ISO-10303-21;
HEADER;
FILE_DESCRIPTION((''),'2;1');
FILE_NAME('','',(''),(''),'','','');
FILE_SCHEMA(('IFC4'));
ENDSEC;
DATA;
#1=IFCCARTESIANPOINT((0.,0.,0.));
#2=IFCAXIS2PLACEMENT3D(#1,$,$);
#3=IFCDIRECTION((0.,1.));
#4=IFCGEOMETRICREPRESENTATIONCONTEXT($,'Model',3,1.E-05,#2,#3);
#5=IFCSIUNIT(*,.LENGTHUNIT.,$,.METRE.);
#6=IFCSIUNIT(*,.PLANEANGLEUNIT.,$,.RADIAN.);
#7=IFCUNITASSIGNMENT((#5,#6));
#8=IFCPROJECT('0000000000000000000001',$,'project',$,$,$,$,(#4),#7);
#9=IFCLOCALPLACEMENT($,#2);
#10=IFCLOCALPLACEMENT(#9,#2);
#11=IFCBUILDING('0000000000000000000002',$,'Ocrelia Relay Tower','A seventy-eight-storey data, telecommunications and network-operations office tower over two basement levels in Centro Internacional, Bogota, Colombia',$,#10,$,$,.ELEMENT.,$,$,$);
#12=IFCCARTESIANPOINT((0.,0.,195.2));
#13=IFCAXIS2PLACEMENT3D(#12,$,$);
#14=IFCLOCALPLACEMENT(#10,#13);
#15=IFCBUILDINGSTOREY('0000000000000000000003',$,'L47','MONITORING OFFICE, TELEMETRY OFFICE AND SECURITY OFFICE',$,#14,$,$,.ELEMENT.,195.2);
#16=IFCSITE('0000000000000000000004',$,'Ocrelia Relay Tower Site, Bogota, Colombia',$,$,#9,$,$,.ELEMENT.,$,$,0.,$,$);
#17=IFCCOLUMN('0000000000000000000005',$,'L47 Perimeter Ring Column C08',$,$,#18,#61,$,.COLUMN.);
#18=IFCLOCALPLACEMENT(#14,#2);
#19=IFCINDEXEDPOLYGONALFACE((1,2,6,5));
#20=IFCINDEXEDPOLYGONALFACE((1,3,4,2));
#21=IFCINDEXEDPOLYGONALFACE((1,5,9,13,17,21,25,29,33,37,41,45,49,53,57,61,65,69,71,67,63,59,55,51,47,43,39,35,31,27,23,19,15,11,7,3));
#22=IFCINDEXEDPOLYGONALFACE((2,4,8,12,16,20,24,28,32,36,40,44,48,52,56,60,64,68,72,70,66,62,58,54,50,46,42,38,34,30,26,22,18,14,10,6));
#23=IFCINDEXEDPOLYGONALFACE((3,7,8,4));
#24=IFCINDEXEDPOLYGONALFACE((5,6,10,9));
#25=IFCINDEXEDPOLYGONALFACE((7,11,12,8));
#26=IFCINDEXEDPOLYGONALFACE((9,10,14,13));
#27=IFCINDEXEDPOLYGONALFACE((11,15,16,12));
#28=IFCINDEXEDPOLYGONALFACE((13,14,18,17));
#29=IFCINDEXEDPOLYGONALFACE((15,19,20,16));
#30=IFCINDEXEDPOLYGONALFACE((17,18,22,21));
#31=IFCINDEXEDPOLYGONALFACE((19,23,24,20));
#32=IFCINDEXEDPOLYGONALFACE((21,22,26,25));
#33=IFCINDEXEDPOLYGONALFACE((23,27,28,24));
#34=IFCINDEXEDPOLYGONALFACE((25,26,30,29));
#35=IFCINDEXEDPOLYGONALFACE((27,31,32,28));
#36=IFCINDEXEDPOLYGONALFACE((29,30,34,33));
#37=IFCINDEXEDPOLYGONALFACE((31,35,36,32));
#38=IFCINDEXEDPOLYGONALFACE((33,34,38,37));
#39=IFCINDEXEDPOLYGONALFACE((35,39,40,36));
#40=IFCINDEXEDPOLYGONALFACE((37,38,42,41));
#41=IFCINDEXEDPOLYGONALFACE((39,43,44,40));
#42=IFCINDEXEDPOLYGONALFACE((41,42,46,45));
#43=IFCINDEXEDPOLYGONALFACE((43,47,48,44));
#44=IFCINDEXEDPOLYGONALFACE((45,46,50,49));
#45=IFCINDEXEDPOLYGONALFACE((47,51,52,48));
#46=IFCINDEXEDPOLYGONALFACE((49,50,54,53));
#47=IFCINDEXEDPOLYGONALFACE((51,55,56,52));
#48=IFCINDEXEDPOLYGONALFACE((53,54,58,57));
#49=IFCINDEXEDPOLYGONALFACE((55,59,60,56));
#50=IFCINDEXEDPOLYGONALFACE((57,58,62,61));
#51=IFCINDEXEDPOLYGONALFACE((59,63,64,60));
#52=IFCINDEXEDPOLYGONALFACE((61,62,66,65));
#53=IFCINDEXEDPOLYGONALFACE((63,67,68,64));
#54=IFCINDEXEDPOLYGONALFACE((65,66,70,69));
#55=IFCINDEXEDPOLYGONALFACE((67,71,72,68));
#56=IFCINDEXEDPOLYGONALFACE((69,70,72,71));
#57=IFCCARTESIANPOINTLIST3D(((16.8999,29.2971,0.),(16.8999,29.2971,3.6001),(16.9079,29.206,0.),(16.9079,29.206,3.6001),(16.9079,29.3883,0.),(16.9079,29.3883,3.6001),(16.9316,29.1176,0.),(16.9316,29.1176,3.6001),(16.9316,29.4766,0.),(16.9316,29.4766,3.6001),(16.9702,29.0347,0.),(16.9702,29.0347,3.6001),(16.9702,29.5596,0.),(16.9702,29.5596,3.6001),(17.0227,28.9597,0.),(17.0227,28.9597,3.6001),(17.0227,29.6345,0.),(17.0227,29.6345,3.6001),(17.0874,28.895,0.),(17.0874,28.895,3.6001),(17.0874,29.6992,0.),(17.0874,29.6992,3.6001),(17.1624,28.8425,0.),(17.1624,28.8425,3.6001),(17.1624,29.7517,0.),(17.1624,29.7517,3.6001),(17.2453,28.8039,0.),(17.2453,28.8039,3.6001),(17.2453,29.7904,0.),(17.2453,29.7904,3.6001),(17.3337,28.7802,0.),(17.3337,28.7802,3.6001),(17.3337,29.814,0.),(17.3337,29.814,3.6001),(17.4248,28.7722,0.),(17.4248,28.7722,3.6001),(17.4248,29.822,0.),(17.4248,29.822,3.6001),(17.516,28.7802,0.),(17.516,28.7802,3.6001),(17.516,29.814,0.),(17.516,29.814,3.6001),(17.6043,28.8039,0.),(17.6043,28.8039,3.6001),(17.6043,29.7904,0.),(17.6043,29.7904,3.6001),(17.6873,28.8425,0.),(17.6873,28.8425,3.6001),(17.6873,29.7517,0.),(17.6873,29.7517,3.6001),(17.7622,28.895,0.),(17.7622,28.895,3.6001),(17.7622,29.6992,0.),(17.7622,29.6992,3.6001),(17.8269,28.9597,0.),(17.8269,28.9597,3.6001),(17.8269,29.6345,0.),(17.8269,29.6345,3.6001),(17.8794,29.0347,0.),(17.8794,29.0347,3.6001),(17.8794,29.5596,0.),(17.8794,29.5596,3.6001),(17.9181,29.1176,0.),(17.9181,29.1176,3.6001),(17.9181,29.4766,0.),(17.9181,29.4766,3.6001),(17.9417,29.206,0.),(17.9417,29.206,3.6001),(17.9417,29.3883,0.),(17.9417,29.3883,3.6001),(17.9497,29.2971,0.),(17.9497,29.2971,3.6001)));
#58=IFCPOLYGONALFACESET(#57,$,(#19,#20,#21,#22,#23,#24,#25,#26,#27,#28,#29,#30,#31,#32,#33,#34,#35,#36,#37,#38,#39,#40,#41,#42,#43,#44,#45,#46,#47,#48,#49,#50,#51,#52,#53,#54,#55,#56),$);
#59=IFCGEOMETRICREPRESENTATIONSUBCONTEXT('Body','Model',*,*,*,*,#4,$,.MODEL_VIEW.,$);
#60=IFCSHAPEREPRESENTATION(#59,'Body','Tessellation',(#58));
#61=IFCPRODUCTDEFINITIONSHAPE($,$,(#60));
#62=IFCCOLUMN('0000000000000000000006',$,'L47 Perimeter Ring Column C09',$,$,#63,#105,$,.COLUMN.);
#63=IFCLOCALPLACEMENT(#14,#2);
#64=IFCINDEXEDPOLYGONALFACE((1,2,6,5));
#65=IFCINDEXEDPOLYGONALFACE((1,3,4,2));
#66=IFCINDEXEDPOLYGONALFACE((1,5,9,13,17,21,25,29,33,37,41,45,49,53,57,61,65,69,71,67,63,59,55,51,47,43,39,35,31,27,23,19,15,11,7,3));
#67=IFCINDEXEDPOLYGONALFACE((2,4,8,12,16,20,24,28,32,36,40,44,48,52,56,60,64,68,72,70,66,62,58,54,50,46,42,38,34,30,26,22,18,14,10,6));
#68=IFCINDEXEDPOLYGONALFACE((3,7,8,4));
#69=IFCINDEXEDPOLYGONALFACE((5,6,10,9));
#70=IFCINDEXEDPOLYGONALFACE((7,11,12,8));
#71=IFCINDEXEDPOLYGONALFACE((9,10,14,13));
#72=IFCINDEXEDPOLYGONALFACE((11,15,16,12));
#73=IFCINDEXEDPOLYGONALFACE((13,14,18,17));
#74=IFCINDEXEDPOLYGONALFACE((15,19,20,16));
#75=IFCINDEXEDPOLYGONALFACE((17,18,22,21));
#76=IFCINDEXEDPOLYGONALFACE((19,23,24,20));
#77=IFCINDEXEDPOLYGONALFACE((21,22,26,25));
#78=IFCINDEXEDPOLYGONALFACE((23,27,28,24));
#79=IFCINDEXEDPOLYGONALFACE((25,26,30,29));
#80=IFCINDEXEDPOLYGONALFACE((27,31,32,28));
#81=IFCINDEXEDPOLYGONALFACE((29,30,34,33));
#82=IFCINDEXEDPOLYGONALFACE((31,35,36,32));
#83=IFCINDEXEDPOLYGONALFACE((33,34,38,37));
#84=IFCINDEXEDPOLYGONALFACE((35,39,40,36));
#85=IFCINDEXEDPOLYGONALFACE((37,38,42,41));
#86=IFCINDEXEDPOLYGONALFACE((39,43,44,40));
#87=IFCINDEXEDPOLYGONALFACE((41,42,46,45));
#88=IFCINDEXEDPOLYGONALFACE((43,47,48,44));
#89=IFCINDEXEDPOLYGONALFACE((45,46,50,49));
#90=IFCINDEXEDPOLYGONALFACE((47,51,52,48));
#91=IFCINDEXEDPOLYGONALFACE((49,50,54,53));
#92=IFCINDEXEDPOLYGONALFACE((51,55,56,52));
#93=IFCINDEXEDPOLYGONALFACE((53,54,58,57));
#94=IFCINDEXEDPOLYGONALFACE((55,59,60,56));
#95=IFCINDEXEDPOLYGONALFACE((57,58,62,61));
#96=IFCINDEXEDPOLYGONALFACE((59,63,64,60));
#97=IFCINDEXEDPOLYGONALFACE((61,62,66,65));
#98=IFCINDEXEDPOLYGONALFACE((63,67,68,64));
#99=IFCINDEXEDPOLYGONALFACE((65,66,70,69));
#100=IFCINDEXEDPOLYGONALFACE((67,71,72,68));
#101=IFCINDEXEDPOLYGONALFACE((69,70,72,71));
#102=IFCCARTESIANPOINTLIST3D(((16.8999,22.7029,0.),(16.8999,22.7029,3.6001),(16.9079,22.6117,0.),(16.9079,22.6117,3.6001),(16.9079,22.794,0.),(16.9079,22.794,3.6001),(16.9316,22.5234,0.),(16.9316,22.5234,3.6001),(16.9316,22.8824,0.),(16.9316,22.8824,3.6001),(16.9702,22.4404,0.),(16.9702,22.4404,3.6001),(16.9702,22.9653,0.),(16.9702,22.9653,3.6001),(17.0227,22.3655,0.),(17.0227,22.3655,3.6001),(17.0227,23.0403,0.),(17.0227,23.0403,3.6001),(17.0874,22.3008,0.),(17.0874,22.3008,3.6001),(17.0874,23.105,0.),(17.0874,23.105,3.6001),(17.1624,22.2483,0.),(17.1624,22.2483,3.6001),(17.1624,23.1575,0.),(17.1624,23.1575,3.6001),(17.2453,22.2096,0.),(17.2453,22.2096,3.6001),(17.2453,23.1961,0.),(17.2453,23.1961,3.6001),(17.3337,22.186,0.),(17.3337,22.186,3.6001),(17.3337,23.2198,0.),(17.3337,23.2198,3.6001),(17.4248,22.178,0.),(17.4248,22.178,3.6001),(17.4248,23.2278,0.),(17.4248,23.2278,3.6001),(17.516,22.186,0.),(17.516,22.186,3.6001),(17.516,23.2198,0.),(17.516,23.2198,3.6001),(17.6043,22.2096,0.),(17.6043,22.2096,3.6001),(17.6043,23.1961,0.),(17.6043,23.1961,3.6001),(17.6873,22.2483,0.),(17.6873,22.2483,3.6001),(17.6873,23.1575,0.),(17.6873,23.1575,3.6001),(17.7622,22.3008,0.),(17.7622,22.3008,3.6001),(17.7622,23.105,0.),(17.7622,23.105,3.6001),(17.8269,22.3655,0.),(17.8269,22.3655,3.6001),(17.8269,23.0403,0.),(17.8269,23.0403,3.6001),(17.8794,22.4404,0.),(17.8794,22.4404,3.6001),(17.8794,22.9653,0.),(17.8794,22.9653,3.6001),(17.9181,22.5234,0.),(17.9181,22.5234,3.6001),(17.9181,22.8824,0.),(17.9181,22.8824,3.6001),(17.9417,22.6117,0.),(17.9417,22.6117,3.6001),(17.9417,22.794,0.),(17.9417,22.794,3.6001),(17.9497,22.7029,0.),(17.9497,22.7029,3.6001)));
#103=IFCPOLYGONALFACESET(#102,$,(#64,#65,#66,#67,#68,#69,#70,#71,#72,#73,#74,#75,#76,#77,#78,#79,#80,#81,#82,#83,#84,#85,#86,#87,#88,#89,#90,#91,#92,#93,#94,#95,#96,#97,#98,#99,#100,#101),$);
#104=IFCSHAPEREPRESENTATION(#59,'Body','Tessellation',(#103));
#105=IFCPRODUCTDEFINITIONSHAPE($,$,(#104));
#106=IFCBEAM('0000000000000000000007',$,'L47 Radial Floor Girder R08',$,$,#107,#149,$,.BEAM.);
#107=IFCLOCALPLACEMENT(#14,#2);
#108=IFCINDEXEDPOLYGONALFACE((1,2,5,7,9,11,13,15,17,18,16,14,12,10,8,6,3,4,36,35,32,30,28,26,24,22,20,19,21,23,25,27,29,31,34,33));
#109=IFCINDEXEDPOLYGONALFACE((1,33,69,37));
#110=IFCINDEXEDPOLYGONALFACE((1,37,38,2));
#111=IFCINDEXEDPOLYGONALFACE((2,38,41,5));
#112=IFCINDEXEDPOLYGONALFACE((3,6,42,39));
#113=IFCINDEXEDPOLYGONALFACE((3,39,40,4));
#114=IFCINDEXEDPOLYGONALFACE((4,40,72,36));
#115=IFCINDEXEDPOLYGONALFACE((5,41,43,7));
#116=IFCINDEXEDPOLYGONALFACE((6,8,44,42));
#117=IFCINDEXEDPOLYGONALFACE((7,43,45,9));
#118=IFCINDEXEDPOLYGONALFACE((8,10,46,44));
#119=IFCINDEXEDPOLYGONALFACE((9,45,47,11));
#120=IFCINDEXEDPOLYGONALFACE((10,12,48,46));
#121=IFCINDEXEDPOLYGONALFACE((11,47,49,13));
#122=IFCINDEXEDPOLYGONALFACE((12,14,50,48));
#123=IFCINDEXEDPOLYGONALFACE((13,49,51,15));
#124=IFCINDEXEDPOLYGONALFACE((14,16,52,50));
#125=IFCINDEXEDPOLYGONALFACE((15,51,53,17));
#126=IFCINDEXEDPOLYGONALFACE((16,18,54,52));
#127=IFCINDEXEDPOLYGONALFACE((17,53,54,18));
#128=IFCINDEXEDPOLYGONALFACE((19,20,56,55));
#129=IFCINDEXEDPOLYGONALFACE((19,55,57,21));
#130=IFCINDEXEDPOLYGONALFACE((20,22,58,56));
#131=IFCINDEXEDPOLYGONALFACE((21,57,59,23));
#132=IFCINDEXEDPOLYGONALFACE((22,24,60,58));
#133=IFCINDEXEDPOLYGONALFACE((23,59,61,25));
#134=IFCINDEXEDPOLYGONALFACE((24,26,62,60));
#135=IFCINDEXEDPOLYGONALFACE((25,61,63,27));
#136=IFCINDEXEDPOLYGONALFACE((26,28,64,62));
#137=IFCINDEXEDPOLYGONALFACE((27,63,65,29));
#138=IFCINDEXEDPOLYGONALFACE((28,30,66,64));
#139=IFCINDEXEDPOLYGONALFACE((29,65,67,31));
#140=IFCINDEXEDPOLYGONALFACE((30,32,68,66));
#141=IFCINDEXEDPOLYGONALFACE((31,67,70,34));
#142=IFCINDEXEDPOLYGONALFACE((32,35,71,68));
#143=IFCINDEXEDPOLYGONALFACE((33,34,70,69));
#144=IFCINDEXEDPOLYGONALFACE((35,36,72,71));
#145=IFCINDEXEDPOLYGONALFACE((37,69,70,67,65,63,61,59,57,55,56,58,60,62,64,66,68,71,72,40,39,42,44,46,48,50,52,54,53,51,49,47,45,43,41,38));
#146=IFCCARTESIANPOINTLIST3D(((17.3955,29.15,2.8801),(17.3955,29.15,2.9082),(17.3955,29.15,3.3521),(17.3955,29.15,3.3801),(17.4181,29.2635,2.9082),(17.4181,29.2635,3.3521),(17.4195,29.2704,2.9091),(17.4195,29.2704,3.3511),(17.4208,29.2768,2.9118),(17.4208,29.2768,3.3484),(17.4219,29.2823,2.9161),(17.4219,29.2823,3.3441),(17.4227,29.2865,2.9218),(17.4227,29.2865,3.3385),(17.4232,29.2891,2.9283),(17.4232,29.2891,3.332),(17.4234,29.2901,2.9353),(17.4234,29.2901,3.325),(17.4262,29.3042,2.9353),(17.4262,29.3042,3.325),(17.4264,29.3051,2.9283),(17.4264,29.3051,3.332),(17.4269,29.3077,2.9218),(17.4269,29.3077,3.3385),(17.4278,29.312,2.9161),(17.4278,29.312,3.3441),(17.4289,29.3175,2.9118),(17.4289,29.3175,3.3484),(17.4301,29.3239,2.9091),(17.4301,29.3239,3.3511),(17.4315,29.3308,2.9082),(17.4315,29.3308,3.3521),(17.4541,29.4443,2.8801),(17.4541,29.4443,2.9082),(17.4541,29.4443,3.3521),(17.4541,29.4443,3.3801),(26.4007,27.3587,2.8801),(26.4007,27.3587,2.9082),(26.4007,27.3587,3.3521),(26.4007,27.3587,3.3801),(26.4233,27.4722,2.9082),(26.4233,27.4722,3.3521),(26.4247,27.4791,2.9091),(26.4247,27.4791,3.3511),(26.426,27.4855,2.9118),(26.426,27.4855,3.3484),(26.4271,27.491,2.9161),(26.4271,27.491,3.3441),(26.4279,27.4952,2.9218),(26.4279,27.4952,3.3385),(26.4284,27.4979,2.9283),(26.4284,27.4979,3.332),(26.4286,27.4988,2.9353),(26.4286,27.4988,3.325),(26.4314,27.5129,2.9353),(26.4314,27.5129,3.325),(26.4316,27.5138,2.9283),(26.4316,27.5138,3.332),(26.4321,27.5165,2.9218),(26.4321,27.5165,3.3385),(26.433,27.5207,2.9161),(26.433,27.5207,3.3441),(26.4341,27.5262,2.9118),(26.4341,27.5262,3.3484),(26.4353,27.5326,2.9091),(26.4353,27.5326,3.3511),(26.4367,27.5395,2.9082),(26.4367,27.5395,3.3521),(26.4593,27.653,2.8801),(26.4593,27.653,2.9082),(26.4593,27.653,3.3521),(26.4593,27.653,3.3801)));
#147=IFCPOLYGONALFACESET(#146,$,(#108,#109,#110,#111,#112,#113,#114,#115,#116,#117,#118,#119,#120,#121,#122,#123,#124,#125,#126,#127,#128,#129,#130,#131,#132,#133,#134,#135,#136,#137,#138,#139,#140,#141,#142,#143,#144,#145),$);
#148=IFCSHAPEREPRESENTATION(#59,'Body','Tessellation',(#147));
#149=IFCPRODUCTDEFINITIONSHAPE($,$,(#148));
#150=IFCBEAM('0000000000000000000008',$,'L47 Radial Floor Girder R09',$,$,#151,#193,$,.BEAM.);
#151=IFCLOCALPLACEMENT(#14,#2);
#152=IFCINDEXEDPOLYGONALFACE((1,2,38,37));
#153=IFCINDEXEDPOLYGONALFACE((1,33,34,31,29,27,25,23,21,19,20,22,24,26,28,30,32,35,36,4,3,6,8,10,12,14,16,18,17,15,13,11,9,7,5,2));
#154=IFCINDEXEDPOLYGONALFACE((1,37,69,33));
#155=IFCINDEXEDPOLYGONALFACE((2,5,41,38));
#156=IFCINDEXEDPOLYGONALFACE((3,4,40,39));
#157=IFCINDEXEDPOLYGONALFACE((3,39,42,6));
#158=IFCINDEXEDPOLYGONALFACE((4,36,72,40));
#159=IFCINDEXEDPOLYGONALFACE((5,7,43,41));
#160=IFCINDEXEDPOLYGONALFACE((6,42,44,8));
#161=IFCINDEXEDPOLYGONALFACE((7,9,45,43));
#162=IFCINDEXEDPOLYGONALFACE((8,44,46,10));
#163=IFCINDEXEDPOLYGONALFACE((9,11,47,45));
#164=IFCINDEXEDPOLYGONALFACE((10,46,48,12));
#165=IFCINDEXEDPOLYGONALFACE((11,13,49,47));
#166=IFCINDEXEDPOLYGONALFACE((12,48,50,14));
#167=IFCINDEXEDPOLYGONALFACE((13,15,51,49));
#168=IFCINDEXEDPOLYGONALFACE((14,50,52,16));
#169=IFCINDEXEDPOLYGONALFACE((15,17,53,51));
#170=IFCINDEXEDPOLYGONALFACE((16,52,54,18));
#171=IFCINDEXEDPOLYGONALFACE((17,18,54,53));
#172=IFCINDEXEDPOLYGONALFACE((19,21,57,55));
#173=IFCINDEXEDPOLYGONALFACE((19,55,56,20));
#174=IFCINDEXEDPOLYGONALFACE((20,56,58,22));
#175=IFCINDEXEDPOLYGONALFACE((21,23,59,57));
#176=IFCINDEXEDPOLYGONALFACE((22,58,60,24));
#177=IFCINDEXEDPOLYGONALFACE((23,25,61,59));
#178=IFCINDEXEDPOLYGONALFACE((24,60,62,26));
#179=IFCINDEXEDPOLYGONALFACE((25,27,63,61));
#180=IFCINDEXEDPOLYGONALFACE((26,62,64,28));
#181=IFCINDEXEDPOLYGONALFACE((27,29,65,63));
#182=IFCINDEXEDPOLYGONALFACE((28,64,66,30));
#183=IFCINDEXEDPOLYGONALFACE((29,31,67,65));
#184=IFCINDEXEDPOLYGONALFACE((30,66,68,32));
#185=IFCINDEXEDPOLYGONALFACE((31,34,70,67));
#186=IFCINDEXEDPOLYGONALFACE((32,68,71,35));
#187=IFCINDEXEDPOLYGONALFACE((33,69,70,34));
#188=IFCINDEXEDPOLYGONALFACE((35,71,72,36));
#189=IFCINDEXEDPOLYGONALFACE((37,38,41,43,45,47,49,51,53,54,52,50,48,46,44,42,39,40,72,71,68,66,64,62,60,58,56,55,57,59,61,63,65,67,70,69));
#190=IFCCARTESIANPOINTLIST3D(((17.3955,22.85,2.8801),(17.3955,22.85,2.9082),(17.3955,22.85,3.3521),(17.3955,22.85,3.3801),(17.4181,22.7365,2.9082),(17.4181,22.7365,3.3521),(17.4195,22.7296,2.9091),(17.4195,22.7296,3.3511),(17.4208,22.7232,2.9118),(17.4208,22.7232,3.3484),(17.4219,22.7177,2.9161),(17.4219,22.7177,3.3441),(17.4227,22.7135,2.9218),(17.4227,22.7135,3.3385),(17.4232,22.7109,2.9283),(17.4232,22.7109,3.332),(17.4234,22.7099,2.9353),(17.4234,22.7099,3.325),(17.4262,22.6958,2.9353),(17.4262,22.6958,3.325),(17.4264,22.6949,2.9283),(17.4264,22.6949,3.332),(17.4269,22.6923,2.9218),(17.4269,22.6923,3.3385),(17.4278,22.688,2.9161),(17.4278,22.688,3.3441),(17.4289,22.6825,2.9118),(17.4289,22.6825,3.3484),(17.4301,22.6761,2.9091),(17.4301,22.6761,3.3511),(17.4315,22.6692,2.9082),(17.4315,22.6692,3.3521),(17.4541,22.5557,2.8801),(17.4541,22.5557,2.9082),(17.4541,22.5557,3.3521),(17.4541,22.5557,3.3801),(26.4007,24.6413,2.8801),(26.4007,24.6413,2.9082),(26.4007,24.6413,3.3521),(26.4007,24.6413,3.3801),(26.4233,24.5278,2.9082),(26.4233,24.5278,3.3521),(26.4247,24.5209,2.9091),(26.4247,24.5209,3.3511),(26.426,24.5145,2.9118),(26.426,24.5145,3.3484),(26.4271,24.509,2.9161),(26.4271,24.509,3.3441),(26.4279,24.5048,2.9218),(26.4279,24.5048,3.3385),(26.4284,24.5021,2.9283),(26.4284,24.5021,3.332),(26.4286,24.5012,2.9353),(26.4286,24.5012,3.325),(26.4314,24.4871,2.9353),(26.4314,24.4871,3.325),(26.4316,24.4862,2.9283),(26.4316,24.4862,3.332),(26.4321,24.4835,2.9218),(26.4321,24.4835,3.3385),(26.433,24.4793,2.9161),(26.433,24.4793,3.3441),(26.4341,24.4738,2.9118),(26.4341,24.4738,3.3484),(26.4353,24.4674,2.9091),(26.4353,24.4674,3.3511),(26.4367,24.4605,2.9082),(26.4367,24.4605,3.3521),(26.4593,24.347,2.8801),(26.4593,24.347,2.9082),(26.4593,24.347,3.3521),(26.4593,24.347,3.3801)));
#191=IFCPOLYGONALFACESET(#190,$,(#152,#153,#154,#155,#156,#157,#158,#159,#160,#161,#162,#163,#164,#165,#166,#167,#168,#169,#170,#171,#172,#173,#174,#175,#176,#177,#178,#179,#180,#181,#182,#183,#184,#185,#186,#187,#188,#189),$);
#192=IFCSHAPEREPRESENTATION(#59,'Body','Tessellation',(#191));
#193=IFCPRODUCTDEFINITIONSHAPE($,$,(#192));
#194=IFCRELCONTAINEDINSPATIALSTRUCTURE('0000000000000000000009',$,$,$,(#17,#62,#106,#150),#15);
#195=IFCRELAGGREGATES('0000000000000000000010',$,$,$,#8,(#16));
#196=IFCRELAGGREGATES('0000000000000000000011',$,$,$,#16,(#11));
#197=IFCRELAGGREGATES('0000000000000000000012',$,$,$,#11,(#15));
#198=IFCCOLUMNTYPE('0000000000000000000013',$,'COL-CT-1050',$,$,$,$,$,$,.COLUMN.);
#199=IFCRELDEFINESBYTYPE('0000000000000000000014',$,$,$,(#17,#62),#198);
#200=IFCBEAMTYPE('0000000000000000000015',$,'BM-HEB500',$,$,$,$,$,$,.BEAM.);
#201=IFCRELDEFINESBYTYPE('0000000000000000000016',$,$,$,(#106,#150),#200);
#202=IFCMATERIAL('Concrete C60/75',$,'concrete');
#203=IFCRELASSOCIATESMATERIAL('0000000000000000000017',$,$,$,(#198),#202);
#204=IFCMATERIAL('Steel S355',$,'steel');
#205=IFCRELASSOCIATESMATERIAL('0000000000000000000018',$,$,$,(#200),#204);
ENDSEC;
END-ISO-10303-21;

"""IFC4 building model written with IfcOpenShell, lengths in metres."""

from ifc_helpers import new_model, si_unit, direction, frame, origin, origin_2d, place, context, subcontext, project, spatial, circle, i_section, extrude, material, material_profile, profile_set, type_object, element, save


model = new_model("IFC4")

# Units and contexts
model_context = context("Model", 3, precision=1e-05, world=origin(), true_north=direction((0.0, 1.0)))
body_context = subcontext(model_context, "Body", "Model", "MODEL_VIEW")
ifc_project = project(units=[si_unit("LENGTHUNIT", "METRE"), si_unit("PLANEANGLEUNIT", "RADIAN")], contexts=[model_context])

# Site, building, storey
site_placement = place(None, origin())
site = spatial("IfcSite", under=ifc_project, at=site_placement, Name="Ocrelia Relay Tower Site, Bogota, Colombia", CompositionType="ELEMENT", RefElevation=0.0)
building_placement = place(site_placement, origin())
building = spatial("IfcBuilding", under=site, at=building_placement, Name="Ocrelia Relay Tower", Description="A seventy-eight-storey data, telecommunications and network-operations office tower over two basement levels in Centro Internacional, Bogota, Colombia", CompositionType="ELEMENT")
storey_placement = place(building_placement, frame((0.0, 0.0, 195.2)))
storey = spatial("IfcBuildingStorey", under=building, at=storey_placement, Name="L47", Description="MONITORING OFFICE, TELEMETRY OFFICE AND SECURITY OFFICE", CompositionType="ELEMENT", Elevation=195.2)

# Columns
ifc_material_1 = material(Name="Concrete C60/75", Category="concrete")
ifc_material_profile_1 = material_profile(ifc_material_1, circle(Radius=0.5249, at=origin_2d()), Name="RC-CIR-1050")
ifc_profile_set_1 = profile_set([ifc_material_profile_1], Name="Concrete C60/75")
column_type = type_object("IfcColumnType", Name="COL-CT-1050", PredefinedType="COLUMN", material=ifc_profile_set_1)
for number, where, z_axis, x_axis, name in (
    (1, (17.4248, 29.2971, 0.0), (0.0, 0.0, 1.0), (1.0, 0.0, 0.0), "L47 Perimeter Ring Column C08"),
    (2, (17.4248, 22.7029, 0.0), (0.0, 0.0, 1.0), (1.0, 0.0, 0.0), "L47 Perimeter Ring Column C09"),
):
    element("IfcColumn", number, at=place(storey_placement, frame(where, z_axis=z_axis, x_axis=x_axis)), inside=storey, type_object=column_type, Name=name, PredefinedType="COLUMN", context=body_context, shape_type="SweptSolid", body=[
        extrude(circle(Radius=0.5249, at=origin_2d()), origin(), (0.0, 0.0, 1.0), 3.6001),
    ])

# Beams
ifc_material_2 = material(Name="Steel S355", Category="steel")
ifc_material_profile_2 = material_profile(ifc_material_2, i_section(OverallWidth=0.3, OverallDepth=0.5, WebThickness=0.0144, FlangeThickness=0.0281, FilletRadius=0.0271, at=origin_2d()), Name="HEB 500")
ifc_profile_set_2 = profile_set([ifc_material_profile_2], Name="Steel S355")
beam_type_1 = type_object("IfcBeamType", Name="BM-HEB500", PredefinedType="BEAM", material=ifc_profile_set_2)
for number, where, z_axis, x_axis, name in (
    (3, (17.4248, 29.2971, 3.1301), (0.980785, -0.195093, 0.0), (0.195093, 0.980785, 0.0), "L47 Radial Floor Girder R08"),
    (4, (17.4248, 22.7029, 3.1301), (0.980785, 0.195093, 0.0), (-0.195093, 0.980785, 0.0), "L47 Radial Floor Girder R09"),
):
    element("IfcBeam", number, at=place(storey_placement, frame(where, z_axis=z_axis, x_axis=x_axis)), inside=storey, type_object=beam_type_1, Name=name, PredefinedType="BEAM", context=body_context, shape_type="SweptSolid", body=[
        extrude(i_section(OverallWidth=0.3, OverallDepth=0.5, WebThickness=0.0144, FlangeThickness=0.0281, FilletRadius=0.0271, at=origin_2d()), origin(), (0.0, 0.0, 1.0), 9.1816),
    ])

save(model, "model.ifc")
